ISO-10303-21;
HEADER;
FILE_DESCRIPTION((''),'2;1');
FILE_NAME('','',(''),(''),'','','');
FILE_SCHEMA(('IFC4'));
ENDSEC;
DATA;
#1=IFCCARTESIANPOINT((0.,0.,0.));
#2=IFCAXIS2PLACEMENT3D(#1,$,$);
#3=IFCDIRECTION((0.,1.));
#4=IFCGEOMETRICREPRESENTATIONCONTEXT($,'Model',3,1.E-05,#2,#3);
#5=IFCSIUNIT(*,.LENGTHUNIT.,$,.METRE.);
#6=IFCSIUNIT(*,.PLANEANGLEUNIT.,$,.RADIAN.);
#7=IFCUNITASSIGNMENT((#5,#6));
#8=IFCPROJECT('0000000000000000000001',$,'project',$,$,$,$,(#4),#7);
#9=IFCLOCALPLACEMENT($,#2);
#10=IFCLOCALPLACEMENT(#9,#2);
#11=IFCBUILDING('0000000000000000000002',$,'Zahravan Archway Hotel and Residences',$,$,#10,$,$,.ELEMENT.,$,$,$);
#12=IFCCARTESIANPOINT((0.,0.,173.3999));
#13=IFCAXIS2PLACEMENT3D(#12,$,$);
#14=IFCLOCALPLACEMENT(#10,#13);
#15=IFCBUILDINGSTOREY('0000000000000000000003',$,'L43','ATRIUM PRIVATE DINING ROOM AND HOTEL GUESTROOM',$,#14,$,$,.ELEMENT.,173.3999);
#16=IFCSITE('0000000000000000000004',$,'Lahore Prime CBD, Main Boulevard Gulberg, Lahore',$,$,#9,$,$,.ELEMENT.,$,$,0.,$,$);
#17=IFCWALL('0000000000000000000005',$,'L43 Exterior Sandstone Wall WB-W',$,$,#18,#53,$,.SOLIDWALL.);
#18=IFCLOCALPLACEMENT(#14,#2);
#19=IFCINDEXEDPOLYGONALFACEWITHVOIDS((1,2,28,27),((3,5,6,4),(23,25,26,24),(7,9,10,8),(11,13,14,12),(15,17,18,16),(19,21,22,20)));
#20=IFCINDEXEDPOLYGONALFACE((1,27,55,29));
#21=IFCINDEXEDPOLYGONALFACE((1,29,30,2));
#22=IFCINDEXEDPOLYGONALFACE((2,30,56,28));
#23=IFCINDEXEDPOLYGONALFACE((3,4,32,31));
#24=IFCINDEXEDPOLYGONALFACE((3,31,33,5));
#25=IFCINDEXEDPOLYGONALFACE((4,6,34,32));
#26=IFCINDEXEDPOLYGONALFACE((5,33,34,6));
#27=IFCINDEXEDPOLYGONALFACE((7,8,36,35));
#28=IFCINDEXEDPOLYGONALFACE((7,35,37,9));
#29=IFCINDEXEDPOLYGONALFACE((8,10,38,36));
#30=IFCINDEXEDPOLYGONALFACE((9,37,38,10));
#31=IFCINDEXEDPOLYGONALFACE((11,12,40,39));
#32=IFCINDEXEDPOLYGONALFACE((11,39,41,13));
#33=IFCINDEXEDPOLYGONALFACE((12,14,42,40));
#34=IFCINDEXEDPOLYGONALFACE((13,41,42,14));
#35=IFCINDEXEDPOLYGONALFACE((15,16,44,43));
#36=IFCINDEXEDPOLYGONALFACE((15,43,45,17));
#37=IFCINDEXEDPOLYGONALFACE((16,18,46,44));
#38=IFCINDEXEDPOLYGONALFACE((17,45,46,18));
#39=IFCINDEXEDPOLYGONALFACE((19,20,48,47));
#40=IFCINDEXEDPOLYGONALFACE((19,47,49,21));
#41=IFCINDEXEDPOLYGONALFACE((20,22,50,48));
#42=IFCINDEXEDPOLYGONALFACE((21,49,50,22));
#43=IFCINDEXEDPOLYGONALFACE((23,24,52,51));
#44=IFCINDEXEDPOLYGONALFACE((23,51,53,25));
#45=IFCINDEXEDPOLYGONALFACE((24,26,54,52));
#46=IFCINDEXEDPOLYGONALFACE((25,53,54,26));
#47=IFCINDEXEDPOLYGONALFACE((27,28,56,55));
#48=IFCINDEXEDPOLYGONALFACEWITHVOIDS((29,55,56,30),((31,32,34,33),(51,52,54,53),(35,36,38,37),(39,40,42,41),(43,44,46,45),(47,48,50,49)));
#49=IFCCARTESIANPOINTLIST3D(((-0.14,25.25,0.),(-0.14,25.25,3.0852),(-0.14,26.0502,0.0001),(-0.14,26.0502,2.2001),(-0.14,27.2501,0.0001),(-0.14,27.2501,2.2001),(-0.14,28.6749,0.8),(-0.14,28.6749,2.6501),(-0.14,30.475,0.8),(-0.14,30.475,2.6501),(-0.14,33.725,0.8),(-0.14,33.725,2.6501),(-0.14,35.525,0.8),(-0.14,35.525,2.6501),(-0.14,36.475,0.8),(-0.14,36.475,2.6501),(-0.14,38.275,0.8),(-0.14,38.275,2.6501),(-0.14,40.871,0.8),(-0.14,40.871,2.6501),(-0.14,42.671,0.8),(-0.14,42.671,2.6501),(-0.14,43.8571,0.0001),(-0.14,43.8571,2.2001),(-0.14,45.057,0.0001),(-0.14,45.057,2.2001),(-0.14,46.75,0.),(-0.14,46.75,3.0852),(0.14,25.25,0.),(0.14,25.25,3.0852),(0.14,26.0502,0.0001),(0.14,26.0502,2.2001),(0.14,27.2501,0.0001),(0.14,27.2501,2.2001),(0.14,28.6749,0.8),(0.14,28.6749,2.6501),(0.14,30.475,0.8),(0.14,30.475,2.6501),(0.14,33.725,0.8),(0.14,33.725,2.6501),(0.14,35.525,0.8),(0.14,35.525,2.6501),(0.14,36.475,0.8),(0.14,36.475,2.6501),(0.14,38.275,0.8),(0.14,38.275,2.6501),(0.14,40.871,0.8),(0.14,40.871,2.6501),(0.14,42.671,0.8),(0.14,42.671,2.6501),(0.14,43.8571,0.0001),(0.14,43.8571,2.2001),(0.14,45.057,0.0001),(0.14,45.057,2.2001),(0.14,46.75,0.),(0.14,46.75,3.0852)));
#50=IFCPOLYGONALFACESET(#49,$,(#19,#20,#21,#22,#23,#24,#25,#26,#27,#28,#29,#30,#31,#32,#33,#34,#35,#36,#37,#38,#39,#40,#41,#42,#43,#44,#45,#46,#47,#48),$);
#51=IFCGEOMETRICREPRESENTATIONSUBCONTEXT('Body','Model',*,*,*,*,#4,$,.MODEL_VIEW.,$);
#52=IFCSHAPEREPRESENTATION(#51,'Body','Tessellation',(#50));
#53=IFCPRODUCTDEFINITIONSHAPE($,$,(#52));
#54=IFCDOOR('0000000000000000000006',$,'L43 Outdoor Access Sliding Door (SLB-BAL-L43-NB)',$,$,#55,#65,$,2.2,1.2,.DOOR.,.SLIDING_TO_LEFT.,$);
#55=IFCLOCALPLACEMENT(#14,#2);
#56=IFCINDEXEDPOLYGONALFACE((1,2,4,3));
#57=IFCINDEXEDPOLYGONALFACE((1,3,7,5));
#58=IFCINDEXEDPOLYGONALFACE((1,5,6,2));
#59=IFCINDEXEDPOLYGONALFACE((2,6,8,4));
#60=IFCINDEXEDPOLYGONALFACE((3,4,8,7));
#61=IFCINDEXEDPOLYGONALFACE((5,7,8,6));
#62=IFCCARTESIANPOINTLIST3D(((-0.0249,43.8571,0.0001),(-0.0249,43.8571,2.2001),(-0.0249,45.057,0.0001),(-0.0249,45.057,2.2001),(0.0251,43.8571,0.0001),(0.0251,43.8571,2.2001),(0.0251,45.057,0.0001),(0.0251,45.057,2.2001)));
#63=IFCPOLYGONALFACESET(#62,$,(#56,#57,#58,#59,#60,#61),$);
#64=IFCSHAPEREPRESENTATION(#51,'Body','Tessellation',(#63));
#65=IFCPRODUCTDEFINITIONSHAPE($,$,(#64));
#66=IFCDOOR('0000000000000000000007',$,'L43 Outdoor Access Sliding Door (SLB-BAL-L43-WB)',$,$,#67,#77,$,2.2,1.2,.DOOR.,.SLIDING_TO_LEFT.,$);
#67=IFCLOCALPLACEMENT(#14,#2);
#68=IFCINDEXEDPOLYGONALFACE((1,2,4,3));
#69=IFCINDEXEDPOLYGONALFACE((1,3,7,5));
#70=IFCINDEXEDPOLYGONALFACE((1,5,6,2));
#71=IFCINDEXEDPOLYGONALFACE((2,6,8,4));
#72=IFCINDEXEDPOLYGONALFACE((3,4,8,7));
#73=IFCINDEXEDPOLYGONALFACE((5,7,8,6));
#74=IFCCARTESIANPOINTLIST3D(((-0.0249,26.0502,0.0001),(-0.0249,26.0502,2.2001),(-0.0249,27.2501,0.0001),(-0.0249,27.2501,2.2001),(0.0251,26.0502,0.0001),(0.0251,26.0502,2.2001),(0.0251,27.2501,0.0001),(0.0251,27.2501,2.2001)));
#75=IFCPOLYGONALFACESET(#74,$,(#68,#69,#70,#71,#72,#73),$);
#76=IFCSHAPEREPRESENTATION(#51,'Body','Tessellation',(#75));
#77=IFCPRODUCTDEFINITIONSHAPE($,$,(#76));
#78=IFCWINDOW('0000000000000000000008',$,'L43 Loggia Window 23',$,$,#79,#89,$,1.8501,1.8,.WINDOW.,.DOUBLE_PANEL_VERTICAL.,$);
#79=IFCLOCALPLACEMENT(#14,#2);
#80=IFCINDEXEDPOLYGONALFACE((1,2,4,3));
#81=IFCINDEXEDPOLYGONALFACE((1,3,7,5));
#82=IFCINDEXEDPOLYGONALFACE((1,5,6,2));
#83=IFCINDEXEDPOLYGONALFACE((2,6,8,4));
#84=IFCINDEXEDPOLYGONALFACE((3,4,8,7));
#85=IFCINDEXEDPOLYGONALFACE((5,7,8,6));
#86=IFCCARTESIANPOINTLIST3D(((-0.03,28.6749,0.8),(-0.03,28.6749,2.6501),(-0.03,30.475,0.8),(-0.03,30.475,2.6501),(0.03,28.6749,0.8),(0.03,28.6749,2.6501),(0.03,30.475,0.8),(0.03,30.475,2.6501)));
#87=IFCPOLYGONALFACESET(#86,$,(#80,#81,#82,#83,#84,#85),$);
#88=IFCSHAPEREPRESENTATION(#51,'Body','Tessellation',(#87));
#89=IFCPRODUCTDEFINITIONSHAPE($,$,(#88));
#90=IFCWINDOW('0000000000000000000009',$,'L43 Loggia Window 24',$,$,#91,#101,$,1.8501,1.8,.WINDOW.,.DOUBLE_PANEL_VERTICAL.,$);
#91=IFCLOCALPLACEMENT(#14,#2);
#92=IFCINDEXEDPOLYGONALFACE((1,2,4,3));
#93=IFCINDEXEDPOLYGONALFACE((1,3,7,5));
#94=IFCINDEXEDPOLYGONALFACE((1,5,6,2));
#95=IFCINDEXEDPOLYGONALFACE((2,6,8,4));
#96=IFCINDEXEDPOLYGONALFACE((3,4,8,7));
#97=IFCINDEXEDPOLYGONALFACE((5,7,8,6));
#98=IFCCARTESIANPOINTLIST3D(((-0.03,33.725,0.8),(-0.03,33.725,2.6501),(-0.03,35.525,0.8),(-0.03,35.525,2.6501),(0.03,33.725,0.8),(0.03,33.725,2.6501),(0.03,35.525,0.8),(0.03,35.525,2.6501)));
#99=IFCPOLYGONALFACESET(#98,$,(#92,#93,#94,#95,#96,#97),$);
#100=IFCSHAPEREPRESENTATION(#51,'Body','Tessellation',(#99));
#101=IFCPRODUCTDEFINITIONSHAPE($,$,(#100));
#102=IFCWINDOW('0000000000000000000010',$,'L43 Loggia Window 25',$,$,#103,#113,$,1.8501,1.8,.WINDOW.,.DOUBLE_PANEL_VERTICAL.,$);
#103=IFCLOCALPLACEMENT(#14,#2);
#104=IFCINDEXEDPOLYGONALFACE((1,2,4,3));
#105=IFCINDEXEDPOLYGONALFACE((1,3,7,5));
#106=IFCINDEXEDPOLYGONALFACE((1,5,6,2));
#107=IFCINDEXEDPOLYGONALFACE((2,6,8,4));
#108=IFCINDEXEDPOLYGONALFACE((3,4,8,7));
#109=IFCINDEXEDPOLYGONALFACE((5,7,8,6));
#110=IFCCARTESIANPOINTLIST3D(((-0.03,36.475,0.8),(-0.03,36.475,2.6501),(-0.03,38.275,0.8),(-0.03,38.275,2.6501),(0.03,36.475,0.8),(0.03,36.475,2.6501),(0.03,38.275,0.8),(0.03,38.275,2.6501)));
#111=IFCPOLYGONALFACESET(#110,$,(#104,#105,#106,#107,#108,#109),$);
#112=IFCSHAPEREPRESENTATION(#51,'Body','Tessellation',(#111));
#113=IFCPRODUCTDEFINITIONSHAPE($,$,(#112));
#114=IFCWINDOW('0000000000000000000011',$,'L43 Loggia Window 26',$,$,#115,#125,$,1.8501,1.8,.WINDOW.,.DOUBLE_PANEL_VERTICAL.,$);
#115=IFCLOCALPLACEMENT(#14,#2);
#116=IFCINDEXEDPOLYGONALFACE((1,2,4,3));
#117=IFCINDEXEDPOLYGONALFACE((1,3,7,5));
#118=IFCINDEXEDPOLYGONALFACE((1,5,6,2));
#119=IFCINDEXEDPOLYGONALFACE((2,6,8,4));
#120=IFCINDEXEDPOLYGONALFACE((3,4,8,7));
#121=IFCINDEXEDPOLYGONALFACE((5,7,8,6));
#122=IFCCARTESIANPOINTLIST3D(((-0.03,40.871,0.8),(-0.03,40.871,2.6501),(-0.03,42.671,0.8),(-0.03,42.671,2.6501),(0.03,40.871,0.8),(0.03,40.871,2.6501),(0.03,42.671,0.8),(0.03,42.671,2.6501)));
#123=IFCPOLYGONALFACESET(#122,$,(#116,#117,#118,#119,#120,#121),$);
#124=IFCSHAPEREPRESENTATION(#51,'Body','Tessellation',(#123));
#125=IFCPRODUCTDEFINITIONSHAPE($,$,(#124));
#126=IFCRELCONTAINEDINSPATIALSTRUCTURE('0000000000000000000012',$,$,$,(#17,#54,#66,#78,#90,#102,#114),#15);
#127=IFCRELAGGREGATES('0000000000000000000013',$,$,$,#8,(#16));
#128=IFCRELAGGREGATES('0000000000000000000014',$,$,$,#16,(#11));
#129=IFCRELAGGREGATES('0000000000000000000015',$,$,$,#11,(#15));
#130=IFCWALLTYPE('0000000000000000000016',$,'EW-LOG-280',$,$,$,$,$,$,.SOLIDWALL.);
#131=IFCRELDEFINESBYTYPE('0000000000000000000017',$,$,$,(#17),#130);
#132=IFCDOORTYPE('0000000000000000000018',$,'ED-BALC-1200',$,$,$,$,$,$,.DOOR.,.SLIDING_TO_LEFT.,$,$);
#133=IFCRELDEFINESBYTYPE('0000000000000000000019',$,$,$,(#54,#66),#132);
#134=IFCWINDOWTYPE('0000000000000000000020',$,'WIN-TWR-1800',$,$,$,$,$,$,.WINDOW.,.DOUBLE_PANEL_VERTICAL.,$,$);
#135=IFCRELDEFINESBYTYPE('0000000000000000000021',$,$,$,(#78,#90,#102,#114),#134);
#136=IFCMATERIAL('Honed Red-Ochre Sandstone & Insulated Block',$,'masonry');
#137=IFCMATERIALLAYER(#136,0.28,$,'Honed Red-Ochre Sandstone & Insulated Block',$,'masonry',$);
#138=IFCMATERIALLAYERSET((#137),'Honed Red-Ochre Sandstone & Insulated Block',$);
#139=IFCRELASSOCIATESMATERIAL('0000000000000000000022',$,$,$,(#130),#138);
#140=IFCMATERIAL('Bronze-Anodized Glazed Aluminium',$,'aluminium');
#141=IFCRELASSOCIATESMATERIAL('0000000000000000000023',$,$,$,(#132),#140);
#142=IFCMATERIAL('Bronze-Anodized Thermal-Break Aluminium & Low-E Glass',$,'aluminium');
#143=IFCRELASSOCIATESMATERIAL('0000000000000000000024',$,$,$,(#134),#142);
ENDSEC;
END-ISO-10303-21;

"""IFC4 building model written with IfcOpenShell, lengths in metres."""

from ifc_helpers import new_model, si_unit, direction, frame, frame_2d, origin, place, context, subcontext, project, spatial, rectangle, extrude, source, transform, mapped, material, layer, layer_set, type_object, type_shapes, element, fill, save


model = new_model("IFC4")

# Units and contexts
model_context = context("Model", 3, precision=1e-05, world=origin(), true_north=direction((0.0, 1.0)))
body_context = subcontext(model_context, "Body", "Model", "MODEL_VIEW")
ifc_project = project(units=[si_unit("LENGTHUNIT", "METRE"), si_unit("PLANEANGLEUNIT", "RADIAN")], contexts=[model_context])

# Site, building, storey
site_placement = place(None, origin())
site = spatial("IfcSite", under=ifc_project, at=site_placement, Name="Lahore Prime CBD, Main Boulevard Gulberg, Lahore", CompositionType="ELEMENT", RefElevation=0.0)
building_placement = place(site_placement, origin())
building = spatial("IfcBuilding", under=site, at=building_placement, Name="Zahravan Archway Hotel and Residences", CompositionType="ELEMENT")
storey_placement = place(building_placement, frame((0.0, 0.0, 173.3999)))
storey = spatial("IfcBuildingStorey", under=building, at=storey_placement, Name="L43", Description="ATRIUM PRIVATE DINING ROOM AND HOTEL GUESTROOM", CompositionType="ELEMENT", Elevation=173.3999)

# Shared definitions
ifc_material_1 = material(Name="Honed Red-Ochre Sandstone & Insulated Block", Category="masonry")
ifc_layer_1 = layer(ifc_material_1, 0.28, Name="Honed Red-Ochre Sandstone & Insulated Block", Category="masonry")
ifc_layer_set_1 = layer_set([ifc_layer_1], Name="Honed Red-Ochre Sandstone & Insulated Block")
wall_type_1 = type_object("IfcWallType", Name="EW-LOG-280", PredefinedType="SOLIDWALL", material=ifc_layer_set_1)
ifc_material_2 = material(Name="Bronze-Anodized Thermal-Break Aluminium & Low-E Glass", Category="aluminium")

# Wall, openings, doors, windows
wall_1_placement = place(storey_placement, frame((0.0, 25.25, 0.0), z_axis=(0.0, 0.0, 1.0), x_axis=(0.0, 1.0, 0.0)))
wall_1 = element("IfcWall", 1, at=wall_1_placement, inside=storey, type_object=wall_type_1, Name="L43 Exterior Sandstone Wall WB-W", PredefinedType="SOLIDWALL", context=body_context, shape_type="SweptSolid", body=[
    extrude(rectangle(XDim=21.5, YDim=0.28, at=frame_2d((10.75, 0.0))), origin(), (0.0, 0.0, 1.0), 3.0852),
])
opening_1_placement = place(wall_1_placement, frame((18.6069, 0.0, 0.0)))
opening_1 = element("IfcOpeningElement", 2, at=opening_1_placement, cuts=wall_1, PredefinedType="OPENING", context=body_context, shape_type="SweptSolid", body=[
    extrude(rectangle(XDim=1.2, YDim=2.2, at=frame_2d((0.6001, 1.1001))), frame((0.0, 0.1499, 0.0), z_axis=(0.0, -1.0, 0.0), x_axis=(1.0, 0.0, 0.0)), (0.0, 0.0, 1.0), 0.3),
])
opening_2_placement = place(wall_1_placement, frame((0.8, 0.0, 0.0)))
opening_2 = element("IfcOpeningElement", 3, at=opening_2_placement, cuts=wall_1, PredefinedType="OPENING", context=body_context, shape_type="SweptSolid", body=[
    extrude(rectangle(XDim=1.2, YDim=2.2, at=frame_2d((0.6001, 1.1001))), frame((0.0, 0.1499, 0.0), z_axis=(0.0, -1.0, 0.0), x_axis=(1.0, 0.0, 0.0)), (0.0, 0.0, 1.0), 0.3),
])
opening_3_placement = place(wall_1_placement, frame((3.425, 0.0, 0.8)))
opening_3 = element("IfcOpeningElement", 4, at=opening_3_placement, cuts=wall_1, PredefinedType="OPENING", context=body_context, shape_type="SweptSolid", body=[
    extrude(rectangle(XDim=1.8, YDim=1.8501, at=frame_2d((0.8999, 0.925))), frame((0.0, 0.1499, 0.0), z_axis=(0.0, -1.0, 0.0), x_axis=(1.0, 0.0, 0.0)), (0.0, 0.0, 1.0), 0.3),
])
opening_4_placement = place(wall_1_placement, frame((8.4751, 0.0, 0.8)))
opening_4 = element("IfcOpeningElement", 5, at=opening_4_placement, cuts=wall_1, PredefinedType="OPENING", context=body_context, shape_type="SweptSolid", body=[
    extrude(rectangle(XDim=1.8, YDim=1.8501, at=frame_2d((0.8999, 0.925))), frame((0.0, 0.1499, 0.0), z_axis=(0.0, -1.0, 0.0), x_axis=(1.0, 0.0, 0.0)), (0.0, 0.0, 1.0), 0.3),
])
opening_5_placement = place(wall_1_placement, frame((11.2251, 0.0, 0.8)))
opening_5 = element("IfcOpeningElement", 6, at=opening_5_placement, cuts=wall_1, PredefinedType="OPENING", context=body_context, shape_type="SweptSolid", body=[
    extrude(rectangle(XDim=1.8, YDim=1.8501, at=frame_2d((0.8999, 0.925))), frame((0.0, 0.1499, 0.0), z_axis=(0.0, -1.0, 0.0), x_axis=(1.0, 0.0, 0.0)), (0.0, 0.0, 1.0), 0.3),
])
opening_6_placement = place(wall_1_placement, frame((15.6211, 0.0, 0.8)))
opening_6 = element("IfcOpeningElement", 7, at=opening_6_placement, cuts=wall_1, PredefinedType="OPENING", context=body_context, shape_type="SweptSolid", body=[
    extrude(rectangle(XDim=1.8, YDim=1.8501, at=frame_2d((0.8999, 0.925))), frame((0.0, 0.1499, 0.0), z_axis=(0.0, -1.0, 0.0), x_axis=(1.0, 0.0, 0.0)), (0.0, 0.0, 1.0), 0.3),
])
ifc_material_3 = material(Name="Bronze-Anodized Glazed Aluminium", Category="aluminium")
door_type_1 = type_object("IfcDoorType", Name="ED-BALC-1200", OperationType="SLIDING_TO_LEFT", PredefinedType="DOOR", material=ifc_material_3)
shared_shape_1 = source(origin(), body_context, "Body", "SweptSolid", [
    extrude(rectangle(XDim=1.2, YDim=2.2, at=frame_2d((0.6001, 1.1001))), frame((0.0, 0.0249, 0.0), z_axis=(0.0, -1.0, 0.0), x_axis=(1.0, 0.0, 0.0)), (0.0, 0.0, 1.0), 0.05),
])
type_shapes(door_type_1, [shared_shape_1])
door_1_placement = place(opening_1_placement, origin())
door_1 = element("IfcDoor", 8, at=door_1_placement, inside=storey, type_object=door_type_1, Name="L43 Outdoor Access Sliding Door (SLB-BAL-L43-NB)", OperationType="SLIDING_TO_LEFT", OverallHeight=2.2, OverallWidth=1.2, PredefinedType="DOOR", context=body_context, shape_type="MappedRepresentation", body=[
    mapped(shared_shape_1, transform((0.0, 0.0, 0.0), scale=1.0)),
])
fill(opening_1, door_1)
door_2_placement = place(opening_2_placement, origin())
door_2 = element("IfcDoor", 9, at=door_2_placement, inside=storey, type_object=door_type_1, Name="L43 Outdoor Access Sliding Door (SLB-BAL-L43-WB)", OperationType="SLIDING_TO_LEFT", OverallHeight=2.2, OverallWidth=1.2, PredefinedType="DOOR", context=body_context, shape_type="MappedRepresentation", body=[
    mapped(shared_shape_1, transform((0.0, 0.0, 0.0), scale=1.0)),
])
fill(opening_2, door_2)
window_type_1 = type_object("IfcWindowType", Name="WIN-TWR-1800", PartitioningType="DOUBLE_PANEL_VERTICAL", PredefinedType="WINDOW", material=ifc_material_2)
shared_shape_2 = source(origin(), body_context, "Body", "SweptSolid", [
    extrude(rectangle(XDim=1.8, YDim=1.8501, at=frame_2d((0.8999, 0.925))), frame((0.0, 0.03, 0.0), z_axis=(0.0, -1.0, 0.0), x_axis=(1.0, 0.0, 0.0)), (0.0, 0.0, 1.0), 0.0601),
])
type_shapes(window_type_1, [shared_shape_2])
window_1_placement = place(opening_3_placement, origin())
window_1 = element("IfcWindow", 10, at=window_1_placement, inside=storey, type_object=window_type_1, Name="L43 Loggia Window 23", OverallHeight=1.8501, OverallWidth=1.8, PartitioningType="DOUBLE_PANEL_VERTICAL", PredefinedType="WINDOW", context=body_context, shape_type="MappedRepresentation", body=[
    mapped(shared_shape_2, transform((0.0, 0.0, 0.0), scale=1.0)),
])
fill(opening_3, window_1)
window_2_placement = place(opening_4_placement, origin())
window_2 = element("IfcWindow", 11, at=window_2_placement, inside=storey, type_object=window_type_1, Name="L43 Loggia Window 24", OverallHeight=1.8501, OverallWidth=1.8, PartitioningType="DOUBLE_PANEL_VERTICAL", PredefinedType="WINDOW", context=body_context, shape_type="MappedRepresentation", body=[
    mapped(shared_shape_2, transform((0.0, 0.0, 0.0), scale=1.0)),
])
fill(opening_4, window_2)
window_3_placement = place(opening_5_placement, origin())
window_3 = element("IfcWindow", 12, at=window_3_placement, inside=storey, type_object=window_type_1, Name="L43 Loggia Window 25", OverallHeight=1.8501, OverallWidth=1.8, PartitioningType="DOUBLE_PANEL_VERTICAL", PredefinedType="WINDOW", context=body_context, shape_type="MappedRepresentation", body=[
    mapped(shared_shape_2, transform((0.0, 0.0, 0.0), scale=1.0)),
])
fill(opening_5, window_3)
window_4_placement = place(opening_6_placement, origin())
window_4 = element("IfcWindow", 13, at=window_4_placement, inside=storey, type_object=window_type_1, Name="L43 Loggia Window 26", OverallHeight=1.8501, OverallWidth=1.8, PartitioningType="DOUBLE_PANEL_VERTICAL", PredefinedType="WINDOW", context=body_context, shape_type="MappedRepresentation", body=[
    mapped(shared_shape_2, transform((0.0, 0.0, 0.0), scale=1.0)),
])
fill(opening_6, window_4)

save(model, "model.ifc")
